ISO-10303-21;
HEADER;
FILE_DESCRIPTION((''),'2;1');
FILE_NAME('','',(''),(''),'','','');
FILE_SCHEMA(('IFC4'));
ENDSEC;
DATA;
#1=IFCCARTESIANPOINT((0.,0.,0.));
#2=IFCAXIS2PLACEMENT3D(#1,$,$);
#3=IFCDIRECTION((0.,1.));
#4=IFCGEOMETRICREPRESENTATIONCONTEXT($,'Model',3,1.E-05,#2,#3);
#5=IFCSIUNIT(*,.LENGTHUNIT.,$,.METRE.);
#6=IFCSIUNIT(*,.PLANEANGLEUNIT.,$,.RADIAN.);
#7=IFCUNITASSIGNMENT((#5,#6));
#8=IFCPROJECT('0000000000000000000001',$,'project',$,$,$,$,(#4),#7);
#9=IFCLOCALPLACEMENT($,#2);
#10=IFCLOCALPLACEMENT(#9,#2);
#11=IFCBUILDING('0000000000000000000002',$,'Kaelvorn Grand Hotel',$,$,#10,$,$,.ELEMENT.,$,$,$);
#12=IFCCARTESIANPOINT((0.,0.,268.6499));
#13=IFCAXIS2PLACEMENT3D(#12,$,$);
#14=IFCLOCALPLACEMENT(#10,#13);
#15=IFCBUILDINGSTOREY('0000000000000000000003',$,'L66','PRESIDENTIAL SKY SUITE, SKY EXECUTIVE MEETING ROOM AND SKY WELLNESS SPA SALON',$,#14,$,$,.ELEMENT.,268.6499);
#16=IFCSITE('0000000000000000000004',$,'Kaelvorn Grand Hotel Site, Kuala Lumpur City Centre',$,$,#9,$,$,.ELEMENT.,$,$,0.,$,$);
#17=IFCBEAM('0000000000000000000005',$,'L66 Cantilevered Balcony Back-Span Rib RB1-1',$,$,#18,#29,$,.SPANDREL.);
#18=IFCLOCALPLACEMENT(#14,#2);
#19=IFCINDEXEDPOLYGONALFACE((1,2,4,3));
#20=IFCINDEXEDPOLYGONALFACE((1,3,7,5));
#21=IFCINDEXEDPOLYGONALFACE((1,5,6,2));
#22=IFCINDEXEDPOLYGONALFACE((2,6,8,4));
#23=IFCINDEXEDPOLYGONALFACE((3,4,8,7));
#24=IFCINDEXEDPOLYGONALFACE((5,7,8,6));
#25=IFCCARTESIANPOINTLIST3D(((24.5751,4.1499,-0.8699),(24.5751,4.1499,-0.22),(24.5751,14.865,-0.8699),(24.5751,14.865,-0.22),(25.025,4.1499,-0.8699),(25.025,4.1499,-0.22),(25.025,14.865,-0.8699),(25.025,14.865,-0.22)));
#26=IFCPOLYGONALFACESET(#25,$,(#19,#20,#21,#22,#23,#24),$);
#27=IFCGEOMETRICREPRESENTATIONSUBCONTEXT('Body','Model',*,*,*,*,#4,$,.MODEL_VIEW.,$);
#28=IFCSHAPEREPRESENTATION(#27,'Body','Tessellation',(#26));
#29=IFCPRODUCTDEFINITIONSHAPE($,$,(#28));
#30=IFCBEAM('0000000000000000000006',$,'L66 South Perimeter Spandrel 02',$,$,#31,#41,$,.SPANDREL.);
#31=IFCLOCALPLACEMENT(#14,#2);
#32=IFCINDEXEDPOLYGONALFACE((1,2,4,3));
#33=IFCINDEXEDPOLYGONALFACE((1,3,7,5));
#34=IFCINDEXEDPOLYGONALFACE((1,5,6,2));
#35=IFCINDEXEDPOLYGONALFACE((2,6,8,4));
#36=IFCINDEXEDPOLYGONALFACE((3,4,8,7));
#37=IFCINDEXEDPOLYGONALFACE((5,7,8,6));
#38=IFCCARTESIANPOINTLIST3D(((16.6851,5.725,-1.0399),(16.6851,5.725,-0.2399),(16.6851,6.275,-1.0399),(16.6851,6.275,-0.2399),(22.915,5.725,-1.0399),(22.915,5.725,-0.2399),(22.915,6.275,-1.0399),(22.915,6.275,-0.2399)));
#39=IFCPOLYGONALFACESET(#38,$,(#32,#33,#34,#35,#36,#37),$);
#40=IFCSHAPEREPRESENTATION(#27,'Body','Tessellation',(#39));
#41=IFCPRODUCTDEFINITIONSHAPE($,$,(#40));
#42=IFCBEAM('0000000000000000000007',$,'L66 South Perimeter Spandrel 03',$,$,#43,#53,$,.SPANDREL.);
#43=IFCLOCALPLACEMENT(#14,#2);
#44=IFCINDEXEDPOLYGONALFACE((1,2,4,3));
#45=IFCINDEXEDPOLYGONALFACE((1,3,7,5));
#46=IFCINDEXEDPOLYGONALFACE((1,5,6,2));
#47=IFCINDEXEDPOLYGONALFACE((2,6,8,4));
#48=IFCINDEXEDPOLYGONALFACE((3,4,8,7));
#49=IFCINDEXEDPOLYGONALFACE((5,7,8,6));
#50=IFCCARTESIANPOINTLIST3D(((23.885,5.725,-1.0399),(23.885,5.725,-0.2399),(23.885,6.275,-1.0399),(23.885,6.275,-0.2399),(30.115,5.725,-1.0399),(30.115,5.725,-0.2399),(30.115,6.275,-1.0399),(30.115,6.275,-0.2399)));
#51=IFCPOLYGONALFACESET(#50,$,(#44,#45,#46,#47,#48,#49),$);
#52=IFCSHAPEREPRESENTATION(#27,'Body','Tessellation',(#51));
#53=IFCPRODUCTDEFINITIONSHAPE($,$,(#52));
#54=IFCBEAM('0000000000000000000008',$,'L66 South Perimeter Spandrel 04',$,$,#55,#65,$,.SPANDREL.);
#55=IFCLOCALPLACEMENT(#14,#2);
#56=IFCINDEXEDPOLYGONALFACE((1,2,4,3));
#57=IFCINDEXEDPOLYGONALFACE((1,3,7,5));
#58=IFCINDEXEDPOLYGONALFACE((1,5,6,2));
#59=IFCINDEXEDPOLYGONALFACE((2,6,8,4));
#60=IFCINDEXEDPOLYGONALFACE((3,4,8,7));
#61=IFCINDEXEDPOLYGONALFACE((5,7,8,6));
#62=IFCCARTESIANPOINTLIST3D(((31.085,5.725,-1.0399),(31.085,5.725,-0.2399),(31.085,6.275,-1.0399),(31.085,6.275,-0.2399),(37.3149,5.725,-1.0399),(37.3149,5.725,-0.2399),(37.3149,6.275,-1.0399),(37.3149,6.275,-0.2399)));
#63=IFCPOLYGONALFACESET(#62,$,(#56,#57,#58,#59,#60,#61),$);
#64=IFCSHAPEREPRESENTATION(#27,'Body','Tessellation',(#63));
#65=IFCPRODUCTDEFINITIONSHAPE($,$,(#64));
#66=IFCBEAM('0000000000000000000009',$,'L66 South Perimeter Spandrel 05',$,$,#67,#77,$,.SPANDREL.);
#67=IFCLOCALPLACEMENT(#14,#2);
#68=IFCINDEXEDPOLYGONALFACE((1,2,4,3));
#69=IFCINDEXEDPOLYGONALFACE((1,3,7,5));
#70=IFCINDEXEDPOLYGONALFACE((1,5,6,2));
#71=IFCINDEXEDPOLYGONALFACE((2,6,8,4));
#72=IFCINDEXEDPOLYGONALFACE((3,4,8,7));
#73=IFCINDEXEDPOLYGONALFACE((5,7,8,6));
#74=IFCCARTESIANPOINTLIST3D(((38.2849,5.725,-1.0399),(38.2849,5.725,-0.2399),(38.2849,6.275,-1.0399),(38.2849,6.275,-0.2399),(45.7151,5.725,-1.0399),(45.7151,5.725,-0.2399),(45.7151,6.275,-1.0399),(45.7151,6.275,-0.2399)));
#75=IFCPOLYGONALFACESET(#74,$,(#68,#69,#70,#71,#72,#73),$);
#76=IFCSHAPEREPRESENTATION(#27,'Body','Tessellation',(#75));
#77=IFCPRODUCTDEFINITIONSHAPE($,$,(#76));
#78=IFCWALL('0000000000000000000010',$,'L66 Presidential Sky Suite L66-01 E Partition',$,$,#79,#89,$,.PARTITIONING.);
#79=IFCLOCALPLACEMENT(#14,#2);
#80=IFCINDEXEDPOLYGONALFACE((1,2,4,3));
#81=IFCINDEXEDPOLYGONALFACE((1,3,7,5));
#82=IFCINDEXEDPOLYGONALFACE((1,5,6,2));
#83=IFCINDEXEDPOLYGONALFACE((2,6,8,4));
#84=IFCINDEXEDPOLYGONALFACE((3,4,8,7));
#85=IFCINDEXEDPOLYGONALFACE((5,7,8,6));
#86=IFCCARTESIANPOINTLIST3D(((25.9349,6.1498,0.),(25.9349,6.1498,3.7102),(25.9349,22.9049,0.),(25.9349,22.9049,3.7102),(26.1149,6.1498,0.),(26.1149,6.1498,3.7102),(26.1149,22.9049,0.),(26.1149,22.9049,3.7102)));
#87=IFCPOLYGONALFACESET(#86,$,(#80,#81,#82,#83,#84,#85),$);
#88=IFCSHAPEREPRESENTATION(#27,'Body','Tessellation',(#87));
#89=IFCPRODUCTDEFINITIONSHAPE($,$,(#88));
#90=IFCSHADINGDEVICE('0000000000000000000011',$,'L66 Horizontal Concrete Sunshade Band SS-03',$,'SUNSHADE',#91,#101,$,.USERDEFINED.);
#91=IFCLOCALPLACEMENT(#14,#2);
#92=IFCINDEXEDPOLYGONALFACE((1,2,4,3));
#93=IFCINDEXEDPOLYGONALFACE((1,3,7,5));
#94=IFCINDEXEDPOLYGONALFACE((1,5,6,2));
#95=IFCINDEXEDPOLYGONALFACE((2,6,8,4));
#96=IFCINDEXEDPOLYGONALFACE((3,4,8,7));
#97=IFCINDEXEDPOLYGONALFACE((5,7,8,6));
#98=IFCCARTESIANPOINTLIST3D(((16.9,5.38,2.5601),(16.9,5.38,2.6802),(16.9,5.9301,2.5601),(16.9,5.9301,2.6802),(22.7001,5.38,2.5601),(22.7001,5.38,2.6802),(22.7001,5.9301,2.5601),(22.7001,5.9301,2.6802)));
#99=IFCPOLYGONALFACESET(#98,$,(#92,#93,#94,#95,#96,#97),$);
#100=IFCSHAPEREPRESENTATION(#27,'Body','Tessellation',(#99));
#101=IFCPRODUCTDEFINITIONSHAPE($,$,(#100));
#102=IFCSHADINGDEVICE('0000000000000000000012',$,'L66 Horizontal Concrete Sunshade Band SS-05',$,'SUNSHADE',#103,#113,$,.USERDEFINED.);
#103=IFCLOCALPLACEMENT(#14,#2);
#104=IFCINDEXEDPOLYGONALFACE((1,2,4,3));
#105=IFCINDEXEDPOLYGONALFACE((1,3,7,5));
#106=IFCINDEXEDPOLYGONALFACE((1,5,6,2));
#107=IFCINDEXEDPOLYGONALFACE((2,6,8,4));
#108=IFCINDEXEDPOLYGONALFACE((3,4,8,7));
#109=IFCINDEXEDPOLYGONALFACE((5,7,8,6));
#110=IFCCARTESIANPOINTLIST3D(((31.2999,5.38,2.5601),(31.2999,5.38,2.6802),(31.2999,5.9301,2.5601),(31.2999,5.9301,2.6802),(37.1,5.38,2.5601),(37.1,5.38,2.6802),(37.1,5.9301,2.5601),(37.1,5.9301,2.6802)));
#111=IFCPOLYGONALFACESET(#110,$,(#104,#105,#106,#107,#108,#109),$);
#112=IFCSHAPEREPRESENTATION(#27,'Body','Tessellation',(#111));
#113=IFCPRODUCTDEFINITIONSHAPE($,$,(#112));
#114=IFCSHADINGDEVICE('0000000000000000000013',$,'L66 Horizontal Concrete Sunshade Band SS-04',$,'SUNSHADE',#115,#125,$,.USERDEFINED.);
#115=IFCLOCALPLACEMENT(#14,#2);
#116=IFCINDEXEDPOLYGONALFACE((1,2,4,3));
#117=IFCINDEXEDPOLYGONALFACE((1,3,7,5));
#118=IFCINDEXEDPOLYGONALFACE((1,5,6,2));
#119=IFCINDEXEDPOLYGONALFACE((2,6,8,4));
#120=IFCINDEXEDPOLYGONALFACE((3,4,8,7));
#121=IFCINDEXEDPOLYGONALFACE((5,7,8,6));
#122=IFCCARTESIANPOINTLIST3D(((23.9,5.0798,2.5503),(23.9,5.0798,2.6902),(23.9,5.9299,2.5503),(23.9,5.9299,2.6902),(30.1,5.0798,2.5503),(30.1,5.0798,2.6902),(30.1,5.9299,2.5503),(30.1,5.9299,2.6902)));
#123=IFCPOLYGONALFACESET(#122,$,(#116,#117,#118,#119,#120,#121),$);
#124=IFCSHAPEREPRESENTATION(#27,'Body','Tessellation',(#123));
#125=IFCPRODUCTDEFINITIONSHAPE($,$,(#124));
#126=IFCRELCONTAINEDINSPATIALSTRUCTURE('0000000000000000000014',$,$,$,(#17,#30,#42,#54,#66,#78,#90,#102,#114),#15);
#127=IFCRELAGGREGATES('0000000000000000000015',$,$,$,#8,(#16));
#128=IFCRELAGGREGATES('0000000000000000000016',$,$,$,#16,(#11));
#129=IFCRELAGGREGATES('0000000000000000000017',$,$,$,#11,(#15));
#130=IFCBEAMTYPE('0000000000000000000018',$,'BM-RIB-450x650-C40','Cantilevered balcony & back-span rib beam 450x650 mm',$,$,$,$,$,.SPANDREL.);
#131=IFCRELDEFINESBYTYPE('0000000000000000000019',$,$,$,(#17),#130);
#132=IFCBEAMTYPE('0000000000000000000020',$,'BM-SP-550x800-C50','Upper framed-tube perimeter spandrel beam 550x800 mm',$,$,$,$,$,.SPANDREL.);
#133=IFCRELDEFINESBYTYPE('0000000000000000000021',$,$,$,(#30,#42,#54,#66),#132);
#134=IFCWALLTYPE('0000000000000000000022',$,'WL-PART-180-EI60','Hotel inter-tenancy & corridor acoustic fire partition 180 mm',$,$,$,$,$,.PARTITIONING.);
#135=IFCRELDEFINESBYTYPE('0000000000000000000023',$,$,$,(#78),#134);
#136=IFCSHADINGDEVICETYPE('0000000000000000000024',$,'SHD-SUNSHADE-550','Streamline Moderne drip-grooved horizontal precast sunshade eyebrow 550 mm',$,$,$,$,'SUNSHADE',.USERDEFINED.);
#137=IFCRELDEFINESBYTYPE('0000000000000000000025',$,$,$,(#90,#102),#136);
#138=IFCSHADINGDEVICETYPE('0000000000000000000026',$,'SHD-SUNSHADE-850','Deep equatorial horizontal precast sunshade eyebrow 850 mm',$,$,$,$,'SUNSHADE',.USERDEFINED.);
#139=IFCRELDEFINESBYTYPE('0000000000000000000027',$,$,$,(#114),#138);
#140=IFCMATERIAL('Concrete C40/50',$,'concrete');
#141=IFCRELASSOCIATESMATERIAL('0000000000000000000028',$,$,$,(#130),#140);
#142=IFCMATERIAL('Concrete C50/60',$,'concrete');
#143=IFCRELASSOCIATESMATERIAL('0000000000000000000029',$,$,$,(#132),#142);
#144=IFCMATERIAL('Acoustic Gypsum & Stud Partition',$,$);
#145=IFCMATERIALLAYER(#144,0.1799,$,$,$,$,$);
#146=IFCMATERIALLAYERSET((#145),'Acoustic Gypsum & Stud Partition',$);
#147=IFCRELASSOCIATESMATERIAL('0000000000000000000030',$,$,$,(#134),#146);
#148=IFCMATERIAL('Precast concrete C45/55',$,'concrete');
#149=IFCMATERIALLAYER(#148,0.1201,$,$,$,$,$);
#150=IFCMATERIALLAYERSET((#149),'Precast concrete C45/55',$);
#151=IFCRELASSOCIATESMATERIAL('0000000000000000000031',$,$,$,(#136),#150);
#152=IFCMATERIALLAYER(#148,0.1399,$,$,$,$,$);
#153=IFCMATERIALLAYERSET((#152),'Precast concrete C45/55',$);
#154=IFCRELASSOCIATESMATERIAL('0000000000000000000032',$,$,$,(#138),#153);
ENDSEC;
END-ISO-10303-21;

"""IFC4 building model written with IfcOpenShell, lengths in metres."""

from ifc_helpers import new_model, si_unit, direction, frame, frame_2d, origin, origin_2d, place, context, subcontext, project, spatial, rectangle, extrude, material, layer, layer_set, material_profile, profile_set, type_object, element, save


model = new_model("IFC4")

# Units and contexts
model_context = context("Model", 3, precision=1e-05, world=origin(), true_north=direction((0.0, 1.0)))
body_context = subcontext(model_context, "Body", "Model", "MODEL_VIEW")
ifc_project = project(units=[si_unit("LENGTHUNIT", "METRE"), si_unit("PLANEANGLEUNIT", "RADIAN")], contexts=[model_context])

# Site, building, storey
site_placement = place(None, origin())
site = spatial("IfcSite", under=ifc_project, at=site_placement, Name="Kaelvorn Grand Hotel Site, Kuala Lumpur City Centre", CompositionType="ELEMENT", RefElevation=0.0)
building_placement = place(site_placement, origin())
building = spatial("IfcBuilding", under=site, at=building_placement, Name="Kaelvorn Grand Hotel", CompositionType="ELEMENT")
storey_placement = place(building_placement, frame((0.0, 0.0, 268.6499)))
storey = spatial("IfcBuildingStorey", under=building, at=storey_placement, Name="L66", Description="PRESIDENTIAL SKY SUITE, SKY EXECUTIVE MEETING ROOM AND SKY WELLNESS SPA SALON", CompositionType="ELEMENT", Elevation=268.6499)

# Shared definitions
ifc_material_1 = material(Name="Concrete C50/60", Category="concrete")

# Beams
ifc_material_2 = material(Name="Concrete C40/50", Category="concrete")
ifc_material_profile_1 = material_profile(ifc_material_2, rectangle(XDim=0.45, YDim=0.6499, at=origin_2d()), Name="RC RIB 450x650")
ifc_profile_set_1 = profile_set([ifc_material_profile_1], Name="Concrete C40/50")
beam_type_1 = type_object("IfcBeamType", Name="BM-RIB-450x650-C40", Description="Cantilevered balcony & back-span rib beam 450x650 mm", PredefinedType="SPANDREL", material=ifc_profile_set_1)
beam_1_placement = place(storey_placement, frame((24.8, 4.1499, -0.5449), z_axis=(0.0, 1.0, 0.0), x_axis=(-1.0, 0.0, 0.0)))
element("IfcBeam", 1, at=beam_1_placement, inside=storey, type_object=beam_type_1, Name="L66 Cantilevered Balcony Back-Span Rib RB1-1", PredefinedType="SPANDREL", context=body_context, shape_type="SweptSolid", body=[
    extrude(rectangle(XDim=0.45, YDim=0.6499, at=origin_2d()), origin(), (0.0, 0.0, 1.0), 10.7151),
])
ifc_material_profile_2 = material_profile(ifc_material_1, rectangle(XDim=0.55, YDim=0.8, at=origin_2d()), Name="RC SPANDREL 550x800")
ifc_profile_set_2 = profile_set([ifc_material_profile_2], Name="Concrete C50/60")
beam_type_2 = type_object("IfcBeamType", Name="BM-SP-550x800-C50", Description="Upper framed-tube perimeter spandrel beam 550x800 mm", PredefinedType="SPANDREL", material=ifc_profile_set_2)
for number, where, z_axis, x_axis, name in (
    (2, (16.6851, 6.0, -0.6399), (1.0, 0.0, 0.0), (0.0, 1.0, 0.0), "L66 South Perimeter Spandrel 02"),
    (3, (23.885, 6.0, -0.6399), (1.0, 0.0, 0.0), (0.0, 1.0, 0.0), "L66 South Perimeter Spandrel 03"),
    (4, (31.085, 6.0, -0.6399), (1.0, 0.0, 0.0), (0.0, 1.0, 0.0), "L66 South Perimeter Spandrel 04"),
):
    element("IfcBeam", number, at=place(storey_placement, frame(where, z_axis=z_axis, x_axis=x_axis)), inside=storey, type_object=beam_type_2, Name=name, PredefinedType="SPANDREL", context=body_context, shape_type="SweptSolid", body=[
        extrude(rectangle(XDim=0.55, YDim=0.8, at=origin_2d()), origin(), (0.0, 0.0, 1.0), 6.23),
    ])
beam_2_placement = place(storey_placement, frame((38.2849, 6.0, -0.6399), z_axis=(1.0, 0.0, 0.0), x_axis=(0.0, 1.0, 0.0)))
element("IfcBeam", 5, at=beam_2_placement, inside=storey, type_object=beam_type_2, Name="L66 South Perimeter Spandrel 05", PredefinedType="SPANDREL", context=body_context, shape_type="SweptSolid", body=[
    extrude(rectangle(XDim=0.55, YDim=0.8, at=origin_2d()), origin(), (0.0, 0.0, 1.0), 7.4302),
])

# Wall
ifc_material_3 = material(Name="Acoustic Gypsum & Stud Partition")
ifc_layer_1 = layer(ifc_material_3, 0.1799)
ifc_layer_set_1 = layer_set([ifc_layer_1], Name="Acoustic Gypsum & Stud Partition")
wall_type = type_object("IfcWallType", Name="WL-PART-180-EI60", Description="Hotel inter-tenancy & corridor acoustic fire partition 180 mm", PredefinedType="PARTITIONING", material=ifc_layer_set_1)
wall_placement = place(storey_placement, frame((26.0249, 6.1499, 0.0), z_axis=(0.0, 0.0, 1.0), x_axis=(0.0, 1.0, 0.0)))
element("IfcWall", 6, at=wall_placement, inside=storey, type_object=wall_type, Name="L66 Presidential Sky Suite L66-01 E Partition", PredefinedType="PARTITIONING", context=body_context, shape_type="SweptSolid", body=[
    extrude(rectangle(XDim=16.7551, YDim=0.1799, at=frame_2d((8.3774, 0.0))), origin(), (0.0, 0.0, 1.0), 3.7102),
])

# Shading devices
ifc_material_4 = material(Name="Precast concrete C45/55", Category="concrete")
ifc_layer_2 = layer(ifc_material_4, 0.1201)
ifc_layer_set_2 = layer_set([ifc_layer_2], Name="Precast concrete C45/55")
shading_device_type_1 = type_object("IfcShadingDeviceType", Name="SHD-SUNSHADE-550", Description="Streamline Moderne drip-grooved horizontal precast sunshade eyebrow 550 mm", ElementType="SUNSHADE", PredefinedType="USERDEFINED", material=ifc_layer_set_2)
for number, where, z_axis, x_axis, name in (
    (7, (19.8, 5.655, 2.5601), (0.0, 0.0, 1.0), (1.0, 0.0, 0.0), "L66 Horizontal Concrete Sunshade Band SS-03"),
    (8, (34.2, 5.655, 2.5601), (0.0, 0.0, 1.0), (1.0, 0.0, 0.0), "L66 Horizontal Concrete Sunshade Band SS-05"),
):
    element("IfcShadingDevice", number, at=place(storey_placement, frame(where, z_axis=z_axis, x_axis=x_axis)), inside=storey, type_object=shading_device_type_1, Name=name, ObjectType="SUNSHADE", PredefinedType="USERDEFINED", context=body_context, shape_type="SweptSolid", body=[
        extrude(rectangle(XDim=5.8, YDim=0.55, at=origin_2d()), origin(), (0.0, 0.0, 1.0), 0.1201),
    ])
ifc_layer_3 = layer(ifc_material_4, 0.1399)
ifc_layer_set_3 = layer_set([ifc_layer_3], Name="Precast concrete C45/55")
shading_device_type_2 = type_object("IfcShadingDeviceType", Name="SHD-SUNSHADE-850", Description="Deep equatorial horizontal precast sunshade eyebrow 850 mm", ElementType="SUNSHADE", PredefinedType="USERDEFINED", material=ifc_layer_set_3)
shading_device_placement = place(storey_placement, frame((27.0, 5.5049, 2.5503), z_axis=(0.0, 0.0, 1.0), x_axis=(1.0, 0.0, 0.0)))
element("IfcShadingDevice", 9, at=shading_device_placement, inside=storey, type_object=shading_device_type_2, Name="L66 Horizontal Concrete Sunshade Band SS-04", ObjectType="SUNSHADE", PredefinedType="USERDEFINED", context=body_context, shape_type="SweptSolid", body=[
    extrude(rectangle(XDim=6.2, YDim=0.8501, at=origin_2d()), origin(), (0.0, 0.0, 1.0), 0.1399),
])

save(model, "model.ifc")
